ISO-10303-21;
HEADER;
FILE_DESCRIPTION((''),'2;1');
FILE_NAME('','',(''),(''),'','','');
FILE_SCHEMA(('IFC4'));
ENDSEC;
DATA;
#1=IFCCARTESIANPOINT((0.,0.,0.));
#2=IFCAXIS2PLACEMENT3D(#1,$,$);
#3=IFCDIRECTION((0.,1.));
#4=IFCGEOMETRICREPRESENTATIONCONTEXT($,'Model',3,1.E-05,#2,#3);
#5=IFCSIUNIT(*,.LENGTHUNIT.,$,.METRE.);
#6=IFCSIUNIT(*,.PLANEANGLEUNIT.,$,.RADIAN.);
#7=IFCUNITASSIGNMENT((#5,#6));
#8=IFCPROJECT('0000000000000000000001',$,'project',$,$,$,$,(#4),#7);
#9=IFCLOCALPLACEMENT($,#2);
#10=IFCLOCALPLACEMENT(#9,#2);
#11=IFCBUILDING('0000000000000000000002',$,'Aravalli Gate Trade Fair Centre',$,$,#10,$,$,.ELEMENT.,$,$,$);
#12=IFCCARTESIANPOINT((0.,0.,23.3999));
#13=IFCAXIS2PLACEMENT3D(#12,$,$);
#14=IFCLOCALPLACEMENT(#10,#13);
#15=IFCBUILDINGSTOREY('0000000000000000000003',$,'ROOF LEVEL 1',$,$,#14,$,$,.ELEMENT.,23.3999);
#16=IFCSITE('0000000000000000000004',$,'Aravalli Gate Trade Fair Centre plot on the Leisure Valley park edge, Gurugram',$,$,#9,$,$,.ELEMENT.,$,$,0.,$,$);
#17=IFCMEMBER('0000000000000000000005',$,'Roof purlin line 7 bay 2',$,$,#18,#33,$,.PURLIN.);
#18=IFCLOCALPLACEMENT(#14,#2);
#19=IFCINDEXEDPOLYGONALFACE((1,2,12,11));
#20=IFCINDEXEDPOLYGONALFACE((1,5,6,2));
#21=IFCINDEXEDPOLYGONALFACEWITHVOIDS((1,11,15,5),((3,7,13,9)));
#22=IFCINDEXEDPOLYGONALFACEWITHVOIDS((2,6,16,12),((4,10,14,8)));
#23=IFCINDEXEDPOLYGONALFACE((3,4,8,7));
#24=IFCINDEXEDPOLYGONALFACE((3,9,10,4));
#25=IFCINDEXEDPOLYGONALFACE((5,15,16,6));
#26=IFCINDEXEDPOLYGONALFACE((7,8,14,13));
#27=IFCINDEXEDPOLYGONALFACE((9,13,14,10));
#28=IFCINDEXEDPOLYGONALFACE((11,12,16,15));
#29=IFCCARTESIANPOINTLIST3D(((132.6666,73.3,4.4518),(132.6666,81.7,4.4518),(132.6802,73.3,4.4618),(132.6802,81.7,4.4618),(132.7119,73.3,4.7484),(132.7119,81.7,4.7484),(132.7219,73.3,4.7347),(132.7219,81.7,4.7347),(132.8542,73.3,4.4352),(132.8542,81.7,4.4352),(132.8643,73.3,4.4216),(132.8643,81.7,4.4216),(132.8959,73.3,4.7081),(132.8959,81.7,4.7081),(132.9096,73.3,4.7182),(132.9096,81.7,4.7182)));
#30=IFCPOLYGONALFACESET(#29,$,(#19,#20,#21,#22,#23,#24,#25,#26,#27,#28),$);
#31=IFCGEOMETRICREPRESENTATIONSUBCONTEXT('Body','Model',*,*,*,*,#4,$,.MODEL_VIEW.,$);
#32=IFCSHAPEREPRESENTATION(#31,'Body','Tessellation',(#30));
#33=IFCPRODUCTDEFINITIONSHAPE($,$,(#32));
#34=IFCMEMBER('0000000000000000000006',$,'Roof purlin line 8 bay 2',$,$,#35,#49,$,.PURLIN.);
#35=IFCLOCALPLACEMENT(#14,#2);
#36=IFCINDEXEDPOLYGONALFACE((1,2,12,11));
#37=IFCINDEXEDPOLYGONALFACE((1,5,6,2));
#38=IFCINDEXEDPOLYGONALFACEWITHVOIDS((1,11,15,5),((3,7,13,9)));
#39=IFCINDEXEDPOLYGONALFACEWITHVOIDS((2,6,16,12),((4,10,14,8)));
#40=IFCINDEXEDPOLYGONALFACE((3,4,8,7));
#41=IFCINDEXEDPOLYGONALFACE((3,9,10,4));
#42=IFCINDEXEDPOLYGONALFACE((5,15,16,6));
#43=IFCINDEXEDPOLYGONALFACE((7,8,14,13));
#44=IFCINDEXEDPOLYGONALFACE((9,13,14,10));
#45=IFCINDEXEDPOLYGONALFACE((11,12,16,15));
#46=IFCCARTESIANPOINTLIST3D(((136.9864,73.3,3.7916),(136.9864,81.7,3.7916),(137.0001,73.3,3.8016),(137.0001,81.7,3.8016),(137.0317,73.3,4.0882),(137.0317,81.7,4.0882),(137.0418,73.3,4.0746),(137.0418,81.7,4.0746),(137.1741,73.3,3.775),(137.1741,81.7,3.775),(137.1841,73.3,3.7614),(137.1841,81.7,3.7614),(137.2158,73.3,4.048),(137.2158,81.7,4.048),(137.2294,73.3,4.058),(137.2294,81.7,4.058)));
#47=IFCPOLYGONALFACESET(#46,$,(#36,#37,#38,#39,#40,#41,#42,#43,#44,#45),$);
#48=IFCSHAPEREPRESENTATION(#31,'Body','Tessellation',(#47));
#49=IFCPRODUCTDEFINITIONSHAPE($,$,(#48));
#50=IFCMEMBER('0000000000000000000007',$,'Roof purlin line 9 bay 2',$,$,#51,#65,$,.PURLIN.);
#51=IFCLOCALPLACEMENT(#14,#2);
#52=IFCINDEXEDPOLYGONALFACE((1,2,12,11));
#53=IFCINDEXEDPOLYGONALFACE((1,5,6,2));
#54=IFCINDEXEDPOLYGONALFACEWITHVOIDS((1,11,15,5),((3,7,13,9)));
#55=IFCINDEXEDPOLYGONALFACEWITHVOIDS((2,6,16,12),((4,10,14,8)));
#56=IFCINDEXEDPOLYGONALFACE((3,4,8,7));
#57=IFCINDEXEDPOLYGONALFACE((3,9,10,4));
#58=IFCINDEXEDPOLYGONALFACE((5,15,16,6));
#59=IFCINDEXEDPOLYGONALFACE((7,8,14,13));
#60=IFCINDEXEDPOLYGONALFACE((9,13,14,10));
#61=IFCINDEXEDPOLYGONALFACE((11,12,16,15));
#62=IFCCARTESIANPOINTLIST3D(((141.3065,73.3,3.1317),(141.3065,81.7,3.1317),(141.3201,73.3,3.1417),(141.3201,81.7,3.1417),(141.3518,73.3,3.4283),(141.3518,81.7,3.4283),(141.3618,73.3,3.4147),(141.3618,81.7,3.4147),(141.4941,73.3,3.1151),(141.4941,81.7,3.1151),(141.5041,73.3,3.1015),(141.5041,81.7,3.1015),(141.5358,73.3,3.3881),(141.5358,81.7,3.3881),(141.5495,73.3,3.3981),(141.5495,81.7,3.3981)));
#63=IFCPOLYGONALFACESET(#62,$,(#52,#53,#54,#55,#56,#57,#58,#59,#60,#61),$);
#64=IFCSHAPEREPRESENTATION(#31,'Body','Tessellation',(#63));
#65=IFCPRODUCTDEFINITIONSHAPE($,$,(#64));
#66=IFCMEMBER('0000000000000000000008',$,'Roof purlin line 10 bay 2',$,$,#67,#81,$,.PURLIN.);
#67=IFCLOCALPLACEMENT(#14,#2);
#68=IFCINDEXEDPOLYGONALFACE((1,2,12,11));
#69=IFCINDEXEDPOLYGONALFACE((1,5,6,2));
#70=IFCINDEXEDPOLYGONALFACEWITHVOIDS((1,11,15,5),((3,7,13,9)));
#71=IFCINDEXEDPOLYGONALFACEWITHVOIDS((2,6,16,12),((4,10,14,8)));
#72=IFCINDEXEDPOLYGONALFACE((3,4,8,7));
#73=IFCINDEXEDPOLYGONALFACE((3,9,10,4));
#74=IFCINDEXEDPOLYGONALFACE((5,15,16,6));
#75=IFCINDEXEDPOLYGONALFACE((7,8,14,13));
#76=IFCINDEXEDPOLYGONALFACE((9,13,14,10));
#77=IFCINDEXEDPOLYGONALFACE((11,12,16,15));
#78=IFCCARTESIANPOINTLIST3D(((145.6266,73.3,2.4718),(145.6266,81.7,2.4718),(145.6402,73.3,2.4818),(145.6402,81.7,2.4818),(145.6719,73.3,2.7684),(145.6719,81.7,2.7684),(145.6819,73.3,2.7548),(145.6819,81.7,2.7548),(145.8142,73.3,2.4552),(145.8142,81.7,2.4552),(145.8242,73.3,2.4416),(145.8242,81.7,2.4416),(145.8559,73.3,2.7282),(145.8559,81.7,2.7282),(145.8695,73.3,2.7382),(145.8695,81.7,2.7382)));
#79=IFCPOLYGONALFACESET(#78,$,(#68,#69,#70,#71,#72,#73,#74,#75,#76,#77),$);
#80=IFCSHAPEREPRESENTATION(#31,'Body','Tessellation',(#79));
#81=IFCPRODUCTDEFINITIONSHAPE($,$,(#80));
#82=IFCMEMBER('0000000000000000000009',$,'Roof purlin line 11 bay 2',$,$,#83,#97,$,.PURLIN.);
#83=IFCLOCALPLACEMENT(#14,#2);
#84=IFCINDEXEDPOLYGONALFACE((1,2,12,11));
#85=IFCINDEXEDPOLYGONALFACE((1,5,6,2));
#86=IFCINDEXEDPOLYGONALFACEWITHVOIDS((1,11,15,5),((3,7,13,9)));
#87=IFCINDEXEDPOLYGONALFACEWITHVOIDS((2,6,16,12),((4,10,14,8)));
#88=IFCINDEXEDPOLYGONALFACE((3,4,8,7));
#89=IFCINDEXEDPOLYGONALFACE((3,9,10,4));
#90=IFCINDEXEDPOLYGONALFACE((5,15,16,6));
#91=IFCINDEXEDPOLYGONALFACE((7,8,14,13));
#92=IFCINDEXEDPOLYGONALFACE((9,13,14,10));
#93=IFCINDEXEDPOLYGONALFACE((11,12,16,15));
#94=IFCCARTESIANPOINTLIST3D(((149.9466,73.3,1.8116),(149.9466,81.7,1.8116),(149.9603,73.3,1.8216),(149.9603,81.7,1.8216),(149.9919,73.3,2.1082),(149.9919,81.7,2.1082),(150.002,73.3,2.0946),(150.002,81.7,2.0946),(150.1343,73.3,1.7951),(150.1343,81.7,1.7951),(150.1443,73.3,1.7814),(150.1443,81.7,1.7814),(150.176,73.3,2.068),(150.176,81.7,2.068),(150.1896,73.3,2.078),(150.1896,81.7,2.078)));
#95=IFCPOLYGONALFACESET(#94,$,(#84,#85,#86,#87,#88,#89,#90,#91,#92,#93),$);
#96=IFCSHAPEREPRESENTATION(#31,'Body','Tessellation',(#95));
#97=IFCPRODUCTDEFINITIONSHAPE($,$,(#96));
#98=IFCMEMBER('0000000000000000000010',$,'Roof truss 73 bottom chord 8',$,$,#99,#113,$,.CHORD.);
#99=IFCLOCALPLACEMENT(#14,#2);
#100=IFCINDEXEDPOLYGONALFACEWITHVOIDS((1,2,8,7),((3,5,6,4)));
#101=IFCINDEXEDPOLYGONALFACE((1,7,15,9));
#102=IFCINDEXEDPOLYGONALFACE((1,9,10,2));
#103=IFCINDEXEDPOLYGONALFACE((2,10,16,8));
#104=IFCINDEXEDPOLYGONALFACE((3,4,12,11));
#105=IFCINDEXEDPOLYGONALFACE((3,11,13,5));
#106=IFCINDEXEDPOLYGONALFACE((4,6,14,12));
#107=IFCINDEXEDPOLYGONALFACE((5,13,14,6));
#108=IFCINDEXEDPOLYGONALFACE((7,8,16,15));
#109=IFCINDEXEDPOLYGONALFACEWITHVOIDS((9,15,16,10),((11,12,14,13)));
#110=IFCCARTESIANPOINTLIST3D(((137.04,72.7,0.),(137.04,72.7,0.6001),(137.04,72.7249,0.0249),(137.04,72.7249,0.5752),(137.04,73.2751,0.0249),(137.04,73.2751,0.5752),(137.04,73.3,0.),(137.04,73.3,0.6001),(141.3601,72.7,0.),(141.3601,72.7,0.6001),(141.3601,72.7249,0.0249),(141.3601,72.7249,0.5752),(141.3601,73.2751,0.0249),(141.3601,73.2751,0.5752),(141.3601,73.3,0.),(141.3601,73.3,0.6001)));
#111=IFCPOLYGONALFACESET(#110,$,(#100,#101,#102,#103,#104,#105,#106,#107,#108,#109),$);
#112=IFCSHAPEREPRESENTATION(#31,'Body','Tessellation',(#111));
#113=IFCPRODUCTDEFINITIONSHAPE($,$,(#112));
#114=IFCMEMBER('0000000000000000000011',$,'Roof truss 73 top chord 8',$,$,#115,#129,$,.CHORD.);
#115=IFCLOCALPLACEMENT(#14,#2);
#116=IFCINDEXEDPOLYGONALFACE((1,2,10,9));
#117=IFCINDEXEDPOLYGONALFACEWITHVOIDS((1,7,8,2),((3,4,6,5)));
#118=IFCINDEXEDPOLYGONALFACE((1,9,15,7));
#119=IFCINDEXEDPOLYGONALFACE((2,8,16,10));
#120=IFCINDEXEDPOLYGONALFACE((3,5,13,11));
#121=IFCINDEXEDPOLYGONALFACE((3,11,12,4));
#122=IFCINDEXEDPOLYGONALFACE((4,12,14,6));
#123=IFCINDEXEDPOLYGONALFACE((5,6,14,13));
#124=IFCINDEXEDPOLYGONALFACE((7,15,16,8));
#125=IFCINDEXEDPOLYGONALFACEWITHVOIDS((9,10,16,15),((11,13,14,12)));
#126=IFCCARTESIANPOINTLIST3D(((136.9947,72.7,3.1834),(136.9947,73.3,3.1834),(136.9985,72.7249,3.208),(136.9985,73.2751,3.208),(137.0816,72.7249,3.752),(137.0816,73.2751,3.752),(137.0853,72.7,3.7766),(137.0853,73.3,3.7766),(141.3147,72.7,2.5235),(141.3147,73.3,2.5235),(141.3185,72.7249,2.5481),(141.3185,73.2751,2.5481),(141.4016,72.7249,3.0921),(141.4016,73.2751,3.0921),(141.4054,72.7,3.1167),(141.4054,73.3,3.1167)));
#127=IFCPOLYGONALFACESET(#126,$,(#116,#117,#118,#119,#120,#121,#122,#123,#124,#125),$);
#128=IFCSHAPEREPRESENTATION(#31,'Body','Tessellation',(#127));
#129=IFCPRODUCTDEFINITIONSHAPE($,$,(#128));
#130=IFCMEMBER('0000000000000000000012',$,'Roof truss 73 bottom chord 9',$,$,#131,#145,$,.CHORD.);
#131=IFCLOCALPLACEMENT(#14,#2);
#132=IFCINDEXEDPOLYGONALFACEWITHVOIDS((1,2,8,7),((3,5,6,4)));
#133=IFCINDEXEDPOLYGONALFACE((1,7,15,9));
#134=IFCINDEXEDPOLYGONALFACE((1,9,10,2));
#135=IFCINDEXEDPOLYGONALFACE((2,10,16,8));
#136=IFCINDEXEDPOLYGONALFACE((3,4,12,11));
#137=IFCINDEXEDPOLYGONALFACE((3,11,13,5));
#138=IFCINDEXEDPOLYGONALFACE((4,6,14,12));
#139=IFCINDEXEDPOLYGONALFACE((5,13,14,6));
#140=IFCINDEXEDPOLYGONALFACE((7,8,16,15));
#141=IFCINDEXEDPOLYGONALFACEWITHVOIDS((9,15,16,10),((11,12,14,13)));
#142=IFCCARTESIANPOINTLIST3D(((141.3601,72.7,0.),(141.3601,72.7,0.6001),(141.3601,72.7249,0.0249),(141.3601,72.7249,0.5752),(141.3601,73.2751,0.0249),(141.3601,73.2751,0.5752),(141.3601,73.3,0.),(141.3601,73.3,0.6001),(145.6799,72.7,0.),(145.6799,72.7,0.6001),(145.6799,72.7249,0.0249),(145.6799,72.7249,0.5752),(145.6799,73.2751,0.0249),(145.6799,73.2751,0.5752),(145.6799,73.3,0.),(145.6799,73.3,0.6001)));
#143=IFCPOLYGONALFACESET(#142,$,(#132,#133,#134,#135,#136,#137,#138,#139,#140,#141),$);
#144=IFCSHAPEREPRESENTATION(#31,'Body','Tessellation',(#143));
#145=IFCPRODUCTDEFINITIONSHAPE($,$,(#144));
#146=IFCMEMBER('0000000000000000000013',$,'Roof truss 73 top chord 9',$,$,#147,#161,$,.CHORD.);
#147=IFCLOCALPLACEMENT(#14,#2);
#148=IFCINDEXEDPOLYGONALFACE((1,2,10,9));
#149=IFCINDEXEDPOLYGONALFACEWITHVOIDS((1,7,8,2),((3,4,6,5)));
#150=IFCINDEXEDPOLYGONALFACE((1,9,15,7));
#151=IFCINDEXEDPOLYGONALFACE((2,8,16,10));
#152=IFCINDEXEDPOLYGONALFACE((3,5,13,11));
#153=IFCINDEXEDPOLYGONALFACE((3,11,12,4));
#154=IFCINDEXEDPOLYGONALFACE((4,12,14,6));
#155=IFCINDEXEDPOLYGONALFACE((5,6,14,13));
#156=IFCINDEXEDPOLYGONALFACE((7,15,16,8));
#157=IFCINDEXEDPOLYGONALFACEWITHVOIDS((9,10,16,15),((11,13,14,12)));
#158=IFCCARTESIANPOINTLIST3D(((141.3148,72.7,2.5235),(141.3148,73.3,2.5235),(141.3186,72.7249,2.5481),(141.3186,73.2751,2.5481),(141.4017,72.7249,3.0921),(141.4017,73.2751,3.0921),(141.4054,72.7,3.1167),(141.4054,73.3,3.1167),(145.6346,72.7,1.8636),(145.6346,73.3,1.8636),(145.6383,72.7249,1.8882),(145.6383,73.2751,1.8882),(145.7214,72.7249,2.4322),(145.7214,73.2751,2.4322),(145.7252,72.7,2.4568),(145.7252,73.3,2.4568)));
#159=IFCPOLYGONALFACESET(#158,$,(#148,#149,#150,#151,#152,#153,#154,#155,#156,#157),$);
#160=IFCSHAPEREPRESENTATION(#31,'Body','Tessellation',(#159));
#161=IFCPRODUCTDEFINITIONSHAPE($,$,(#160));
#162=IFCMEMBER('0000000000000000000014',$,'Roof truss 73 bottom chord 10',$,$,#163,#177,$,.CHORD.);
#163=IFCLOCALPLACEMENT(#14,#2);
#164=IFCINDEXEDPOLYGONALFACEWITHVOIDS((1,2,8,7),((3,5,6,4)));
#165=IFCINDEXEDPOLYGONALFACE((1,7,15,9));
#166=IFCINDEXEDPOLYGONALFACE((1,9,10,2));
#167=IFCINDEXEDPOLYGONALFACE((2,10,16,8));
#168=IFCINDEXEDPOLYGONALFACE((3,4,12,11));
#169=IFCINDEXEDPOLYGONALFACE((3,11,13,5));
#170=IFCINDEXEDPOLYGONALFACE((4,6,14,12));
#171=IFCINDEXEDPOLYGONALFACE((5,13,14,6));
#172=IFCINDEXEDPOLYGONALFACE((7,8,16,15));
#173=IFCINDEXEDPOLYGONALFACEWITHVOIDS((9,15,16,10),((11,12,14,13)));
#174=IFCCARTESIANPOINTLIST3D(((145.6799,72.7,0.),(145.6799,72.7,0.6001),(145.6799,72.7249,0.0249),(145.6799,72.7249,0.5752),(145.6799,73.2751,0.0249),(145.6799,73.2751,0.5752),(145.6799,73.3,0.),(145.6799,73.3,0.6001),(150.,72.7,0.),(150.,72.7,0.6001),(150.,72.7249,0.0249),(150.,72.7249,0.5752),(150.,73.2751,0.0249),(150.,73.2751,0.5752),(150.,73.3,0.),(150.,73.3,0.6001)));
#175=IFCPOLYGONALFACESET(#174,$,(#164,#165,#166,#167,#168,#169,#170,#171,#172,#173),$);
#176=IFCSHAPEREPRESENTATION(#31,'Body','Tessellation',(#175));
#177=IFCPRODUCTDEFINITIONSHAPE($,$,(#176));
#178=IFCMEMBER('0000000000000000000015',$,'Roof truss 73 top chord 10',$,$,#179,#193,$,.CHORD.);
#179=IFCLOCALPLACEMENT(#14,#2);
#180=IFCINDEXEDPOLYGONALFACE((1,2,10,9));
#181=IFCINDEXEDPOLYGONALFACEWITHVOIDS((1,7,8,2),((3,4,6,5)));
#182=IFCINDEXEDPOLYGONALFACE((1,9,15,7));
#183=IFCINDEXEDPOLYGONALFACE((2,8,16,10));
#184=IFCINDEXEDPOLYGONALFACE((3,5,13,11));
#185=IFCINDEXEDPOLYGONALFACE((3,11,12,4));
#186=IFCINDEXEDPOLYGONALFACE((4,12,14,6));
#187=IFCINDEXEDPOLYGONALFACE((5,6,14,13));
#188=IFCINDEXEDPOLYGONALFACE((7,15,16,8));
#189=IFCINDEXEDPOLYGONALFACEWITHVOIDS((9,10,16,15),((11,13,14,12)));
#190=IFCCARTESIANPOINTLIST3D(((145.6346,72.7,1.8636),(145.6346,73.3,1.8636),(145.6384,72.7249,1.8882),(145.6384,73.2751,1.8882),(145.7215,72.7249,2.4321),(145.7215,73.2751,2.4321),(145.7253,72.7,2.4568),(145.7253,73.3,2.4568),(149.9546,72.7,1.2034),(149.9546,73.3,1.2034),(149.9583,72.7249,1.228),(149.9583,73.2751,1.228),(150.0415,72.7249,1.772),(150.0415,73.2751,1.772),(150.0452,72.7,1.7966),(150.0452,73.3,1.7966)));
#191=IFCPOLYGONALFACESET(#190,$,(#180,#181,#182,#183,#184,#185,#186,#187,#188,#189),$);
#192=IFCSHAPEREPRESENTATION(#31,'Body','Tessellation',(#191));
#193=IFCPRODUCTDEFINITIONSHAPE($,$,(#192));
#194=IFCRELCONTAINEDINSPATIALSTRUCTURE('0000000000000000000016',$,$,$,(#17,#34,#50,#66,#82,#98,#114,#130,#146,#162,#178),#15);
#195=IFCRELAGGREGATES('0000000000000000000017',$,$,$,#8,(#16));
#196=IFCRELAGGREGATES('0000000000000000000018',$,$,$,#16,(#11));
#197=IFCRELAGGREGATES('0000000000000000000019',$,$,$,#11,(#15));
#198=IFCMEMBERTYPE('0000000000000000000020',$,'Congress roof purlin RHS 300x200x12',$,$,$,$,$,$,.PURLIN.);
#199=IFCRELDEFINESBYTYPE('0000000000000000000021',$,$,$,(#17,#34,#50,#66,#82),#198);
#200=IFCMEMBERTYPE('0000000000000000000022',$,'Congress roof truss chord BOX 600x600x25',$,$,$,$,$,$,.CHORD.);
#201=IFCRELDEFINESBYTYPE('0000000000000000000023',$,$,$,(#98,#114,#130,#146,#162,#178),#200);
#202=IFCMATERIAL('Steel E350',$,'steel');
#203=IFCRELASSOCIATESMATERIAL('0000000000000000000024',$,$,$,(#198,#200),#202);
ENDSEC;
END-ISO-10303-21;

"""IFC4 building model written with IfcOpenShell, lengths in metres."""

from ifc_helpers import new_model, si_unit, direction, frame, origin, origin_2d, place, context, subcontext, project, spatial, hollow_rectangle, extrude, material, material_profile, profile_set, type_object, element, save


model = new_model("IFC4")

# Units and contexts
model_context = context("Model", 3, precision=1e-05, world=origin(), true_north=direction((0.0, 1.0)))
body_context = subcontext(model_context, "Body", "Model", "MODEL_VIEW")
ifc_project = project(units=[si_unit("LENGTHUNIT", "METRE"), si_unit("PLANEANGLEUNIT", "RADIAN")], contexts=[model_context])

# Site, building, storey
site_placement = place(None, origin())
site = spatial("IfcSite", under=ifc_project, at=site_placement, Name="Aravalli Gate Trade Fair Centre plot on the Leisure Valley park edge, Gurugram", CompositionType="ELEMENT", RefElevation=0.0)
building_placement = place(site_placement, origin())
building = spatial("IfcBuilding", under=site, at=building_placement, Name="Aravalli Gate Trade Fair Centre", CompositionType="ELEMENT")
storey_placement = place(building_placement, frame((0.0, 0.0, 23.3999)))
storey = spatial("IfcBuildingStorey", under=building, at=storey_placement, Name="ROOF LEVEL 1", CompositionType="ELEMENT", Elevation=23.3999)

# Members
ifc_material_1 = material(Name="Steel E350", Category="steel")
ifc_material_profile_1 = material_profile(ifc_material_1, hollow_rectangle(XDim=0.2, YDim=0.3, WallThickness=0.012, at=origin_2d()), Name="RHS 300x200x12")
ifc_profile_set_1 = profile_set([ifc_material_profile_1], Name="Steel E350")
member_type_1 = type_object("IfcMemberType", Name="Congress roof purlin RHS 300x200x12", PredefinedType="PURLIN", material=ifc_profile_set_1)
for number, where, z_axis, x_axis, name in (
    (1, (132.7881, 73.3, 4.585), (0.0, 1.0, 0.0), (-0.98853, 0.0, 0.151026), "Roof purlin line 7 bay 2"),
    (2, (137.1079, 73.3, 3.9248), (0.0, 1.0, 0.0), (-0.98853, 0.0, 0.151026), "Roof purlin line 8 bay 2"),
    (3, (141.428, 73.3, 3.2649), (0.0, 1.0, 0.0), (-0.98853, 0.0, 0.151026), "Roof purlin line 9 bay 2"),
    (4, (145.748, 73.3, 2.605), (0.0, 1.0, 0.0), (-0.98853, 0.0, 0.151026), "Roof purlin line 10 bay 2"),
    (5, (150.0681, 73.3, 1.9448), (0.0, 1.0, 0.0), (-0.98853, 0.0, 0.151026), "Roof purlin line 11 bay 2"),
):
    element("IfcMember", number, at=place(storey_placement, frame(where, z_axis=z_axis, x_axis=x_axis)), inside=storey, type_object=member_type_1, Name=name, PredefinedType="PURLIN", context=body_context, shape_type="SweptSolid", body=[
        extrude(hollow_rectangle(XDim=0.2, YDim=0.3, WallThickness=0.012, at=origin_2d()), origin(), (0.0, 0.0, 1.0), 8.3999),
    ])
ifc_material_profile_2 = material_profile(ifc_material_1, hollow_rectangle(XDim=0.6001, YDim=0.6001, WallThickness=0.0249, at=origin_2d()), Name="BOX 600x600x25")
ifc_profile_set_2 = profile_set([ifc_material_profile_2], Name="Steel E350")
member_type_2 = type_object("IfcMemberType", Name="Congress roof truss chord BOX 600x600x25", PredefinedType="CHORD", material=ifc_profile_set_2)
member_1_placement = place(storey_placement, frame((137.04, 73.0, 0.3), z_axis=(1.0, 0.0, 0.0), x_axis=(0.0, 1.0, 0.0)))
element("IfcMember", 6, at=member_1_placement, inside=storey, type_object=member_type_2, Name="Roof truss 73 bottom chord 8", PredefinedType="CHORD", context=body_context, shape_type="SweptSolid", body=[
    extrude(hollow_rectangle(XDim=0.6001, YDim=0.6001, WallThickness=0.0249, at=origin_2d()), origin(), (0.0, 0.0, 1.0), 4.3201),
])
member_2_placement = place(storey_placement, frame((137.04, 73.0, 3.48), z_axis=(0.988533, 0.0, -0.151003), x_axis=(0.0, 1.0, 0.0)))
element("IfcMember", 7, at=member_2_placement, inside=storey, type_object=member_type_2, Name="Roof truss 73 top chord 8", PredefinedType="CHORD", context=body_context, shape_type="SweptSolid", body=[
    extrude(hollow_rectangle(XDim=0.6001, YDim=0.6001, WallThickness=0.0249, at=origin_2d()), origin(), (0.0, 0.0, 1.0), 4.3701),
])
member_3_placement = place(storey_placement, frame((141.3601, 73.0, 0.3), z_axis=(1.0, 0.0, 0.0), x_axis=(0.0, 1.0, 0.0)))
element("IfcMember", 8, at=member_3_placement, inside=storey, type_object=member_type_2, Name="Roof truss 73 bottom chord 9", PredefinedType="CHORD", context=body_context, shape_type="SweptSolid", body=[
    extrude(hollow_rectangle(XDim=0.6001, YDim=0.6001, WallThickness=0.0249, at=origin_2d()), origin(), (0.0, 0.0, 1.0), 4.3198),
])
member_4_placement = place(storey_placement, frame((141.3601, 73.0, 2.8201), z_axis=(0.988532, 0.0, -0.151012), x_axis=(0.0, 1.0, 0.0)))
element("IfcMember", 9, at=member_4_placement, inside=storey, type_object=member_type_2, Name="Roof truss 73 top chord 9", PredefinedType="CHORD", context=body_context, shape_type="SweptSolid", body=[
    extrude(hollow_rectangle(XDim=0.6001, YDim=0.6001, WallThickness=0.0249, at=origin_2d()), origin(), (0.0, 0.0, 1.0), 4.3699),
])
member_5_placement = place(storey_placement, frame((145.6799, 73.0, 0.3), z_axis=(1.0, 0.0, 0.0), x_axis=(0.0, 1.0, 0.0)))
element("IfcMember", 10, at=member_5_placement, inside=storey, type_object=member_type_2, Name="Roof truss 73 bottom chord 10", PredefinedType="CHORD", context=body_context, shape_type="SweptSolid", body=[
    extrude(hollow_rectangle(XDim=0.6001, YDim=0.6001, WallThickness=0.0249, at=origin_2d()), origin(), (0.0, 0.0, 1.0), 4.3201),
])
member_6_placement = place(storey_placement, frame((145.6799, 73.0, 2.1602), z_axis=(0.988525, 0.0, -0.151058), x_axis=(0.0, 1.0, 0.0)))
element("IfcMember", 11, at=member_6_placement, inside=storey, type_object=member_type_2, Name="Roof truss 73 top chord 10", PredefinedType="CHORD", context=body_context, shape_type="SweptSolid", body=[
    extrude(hollow_rectangle(XDim=0.6001, YDim=0.6001, WallThickness=0.0249, at=origin_2d()), origin(), (0.0, 0.0, 1.0), 4.3701),
])

save(model, "model.ifc")
